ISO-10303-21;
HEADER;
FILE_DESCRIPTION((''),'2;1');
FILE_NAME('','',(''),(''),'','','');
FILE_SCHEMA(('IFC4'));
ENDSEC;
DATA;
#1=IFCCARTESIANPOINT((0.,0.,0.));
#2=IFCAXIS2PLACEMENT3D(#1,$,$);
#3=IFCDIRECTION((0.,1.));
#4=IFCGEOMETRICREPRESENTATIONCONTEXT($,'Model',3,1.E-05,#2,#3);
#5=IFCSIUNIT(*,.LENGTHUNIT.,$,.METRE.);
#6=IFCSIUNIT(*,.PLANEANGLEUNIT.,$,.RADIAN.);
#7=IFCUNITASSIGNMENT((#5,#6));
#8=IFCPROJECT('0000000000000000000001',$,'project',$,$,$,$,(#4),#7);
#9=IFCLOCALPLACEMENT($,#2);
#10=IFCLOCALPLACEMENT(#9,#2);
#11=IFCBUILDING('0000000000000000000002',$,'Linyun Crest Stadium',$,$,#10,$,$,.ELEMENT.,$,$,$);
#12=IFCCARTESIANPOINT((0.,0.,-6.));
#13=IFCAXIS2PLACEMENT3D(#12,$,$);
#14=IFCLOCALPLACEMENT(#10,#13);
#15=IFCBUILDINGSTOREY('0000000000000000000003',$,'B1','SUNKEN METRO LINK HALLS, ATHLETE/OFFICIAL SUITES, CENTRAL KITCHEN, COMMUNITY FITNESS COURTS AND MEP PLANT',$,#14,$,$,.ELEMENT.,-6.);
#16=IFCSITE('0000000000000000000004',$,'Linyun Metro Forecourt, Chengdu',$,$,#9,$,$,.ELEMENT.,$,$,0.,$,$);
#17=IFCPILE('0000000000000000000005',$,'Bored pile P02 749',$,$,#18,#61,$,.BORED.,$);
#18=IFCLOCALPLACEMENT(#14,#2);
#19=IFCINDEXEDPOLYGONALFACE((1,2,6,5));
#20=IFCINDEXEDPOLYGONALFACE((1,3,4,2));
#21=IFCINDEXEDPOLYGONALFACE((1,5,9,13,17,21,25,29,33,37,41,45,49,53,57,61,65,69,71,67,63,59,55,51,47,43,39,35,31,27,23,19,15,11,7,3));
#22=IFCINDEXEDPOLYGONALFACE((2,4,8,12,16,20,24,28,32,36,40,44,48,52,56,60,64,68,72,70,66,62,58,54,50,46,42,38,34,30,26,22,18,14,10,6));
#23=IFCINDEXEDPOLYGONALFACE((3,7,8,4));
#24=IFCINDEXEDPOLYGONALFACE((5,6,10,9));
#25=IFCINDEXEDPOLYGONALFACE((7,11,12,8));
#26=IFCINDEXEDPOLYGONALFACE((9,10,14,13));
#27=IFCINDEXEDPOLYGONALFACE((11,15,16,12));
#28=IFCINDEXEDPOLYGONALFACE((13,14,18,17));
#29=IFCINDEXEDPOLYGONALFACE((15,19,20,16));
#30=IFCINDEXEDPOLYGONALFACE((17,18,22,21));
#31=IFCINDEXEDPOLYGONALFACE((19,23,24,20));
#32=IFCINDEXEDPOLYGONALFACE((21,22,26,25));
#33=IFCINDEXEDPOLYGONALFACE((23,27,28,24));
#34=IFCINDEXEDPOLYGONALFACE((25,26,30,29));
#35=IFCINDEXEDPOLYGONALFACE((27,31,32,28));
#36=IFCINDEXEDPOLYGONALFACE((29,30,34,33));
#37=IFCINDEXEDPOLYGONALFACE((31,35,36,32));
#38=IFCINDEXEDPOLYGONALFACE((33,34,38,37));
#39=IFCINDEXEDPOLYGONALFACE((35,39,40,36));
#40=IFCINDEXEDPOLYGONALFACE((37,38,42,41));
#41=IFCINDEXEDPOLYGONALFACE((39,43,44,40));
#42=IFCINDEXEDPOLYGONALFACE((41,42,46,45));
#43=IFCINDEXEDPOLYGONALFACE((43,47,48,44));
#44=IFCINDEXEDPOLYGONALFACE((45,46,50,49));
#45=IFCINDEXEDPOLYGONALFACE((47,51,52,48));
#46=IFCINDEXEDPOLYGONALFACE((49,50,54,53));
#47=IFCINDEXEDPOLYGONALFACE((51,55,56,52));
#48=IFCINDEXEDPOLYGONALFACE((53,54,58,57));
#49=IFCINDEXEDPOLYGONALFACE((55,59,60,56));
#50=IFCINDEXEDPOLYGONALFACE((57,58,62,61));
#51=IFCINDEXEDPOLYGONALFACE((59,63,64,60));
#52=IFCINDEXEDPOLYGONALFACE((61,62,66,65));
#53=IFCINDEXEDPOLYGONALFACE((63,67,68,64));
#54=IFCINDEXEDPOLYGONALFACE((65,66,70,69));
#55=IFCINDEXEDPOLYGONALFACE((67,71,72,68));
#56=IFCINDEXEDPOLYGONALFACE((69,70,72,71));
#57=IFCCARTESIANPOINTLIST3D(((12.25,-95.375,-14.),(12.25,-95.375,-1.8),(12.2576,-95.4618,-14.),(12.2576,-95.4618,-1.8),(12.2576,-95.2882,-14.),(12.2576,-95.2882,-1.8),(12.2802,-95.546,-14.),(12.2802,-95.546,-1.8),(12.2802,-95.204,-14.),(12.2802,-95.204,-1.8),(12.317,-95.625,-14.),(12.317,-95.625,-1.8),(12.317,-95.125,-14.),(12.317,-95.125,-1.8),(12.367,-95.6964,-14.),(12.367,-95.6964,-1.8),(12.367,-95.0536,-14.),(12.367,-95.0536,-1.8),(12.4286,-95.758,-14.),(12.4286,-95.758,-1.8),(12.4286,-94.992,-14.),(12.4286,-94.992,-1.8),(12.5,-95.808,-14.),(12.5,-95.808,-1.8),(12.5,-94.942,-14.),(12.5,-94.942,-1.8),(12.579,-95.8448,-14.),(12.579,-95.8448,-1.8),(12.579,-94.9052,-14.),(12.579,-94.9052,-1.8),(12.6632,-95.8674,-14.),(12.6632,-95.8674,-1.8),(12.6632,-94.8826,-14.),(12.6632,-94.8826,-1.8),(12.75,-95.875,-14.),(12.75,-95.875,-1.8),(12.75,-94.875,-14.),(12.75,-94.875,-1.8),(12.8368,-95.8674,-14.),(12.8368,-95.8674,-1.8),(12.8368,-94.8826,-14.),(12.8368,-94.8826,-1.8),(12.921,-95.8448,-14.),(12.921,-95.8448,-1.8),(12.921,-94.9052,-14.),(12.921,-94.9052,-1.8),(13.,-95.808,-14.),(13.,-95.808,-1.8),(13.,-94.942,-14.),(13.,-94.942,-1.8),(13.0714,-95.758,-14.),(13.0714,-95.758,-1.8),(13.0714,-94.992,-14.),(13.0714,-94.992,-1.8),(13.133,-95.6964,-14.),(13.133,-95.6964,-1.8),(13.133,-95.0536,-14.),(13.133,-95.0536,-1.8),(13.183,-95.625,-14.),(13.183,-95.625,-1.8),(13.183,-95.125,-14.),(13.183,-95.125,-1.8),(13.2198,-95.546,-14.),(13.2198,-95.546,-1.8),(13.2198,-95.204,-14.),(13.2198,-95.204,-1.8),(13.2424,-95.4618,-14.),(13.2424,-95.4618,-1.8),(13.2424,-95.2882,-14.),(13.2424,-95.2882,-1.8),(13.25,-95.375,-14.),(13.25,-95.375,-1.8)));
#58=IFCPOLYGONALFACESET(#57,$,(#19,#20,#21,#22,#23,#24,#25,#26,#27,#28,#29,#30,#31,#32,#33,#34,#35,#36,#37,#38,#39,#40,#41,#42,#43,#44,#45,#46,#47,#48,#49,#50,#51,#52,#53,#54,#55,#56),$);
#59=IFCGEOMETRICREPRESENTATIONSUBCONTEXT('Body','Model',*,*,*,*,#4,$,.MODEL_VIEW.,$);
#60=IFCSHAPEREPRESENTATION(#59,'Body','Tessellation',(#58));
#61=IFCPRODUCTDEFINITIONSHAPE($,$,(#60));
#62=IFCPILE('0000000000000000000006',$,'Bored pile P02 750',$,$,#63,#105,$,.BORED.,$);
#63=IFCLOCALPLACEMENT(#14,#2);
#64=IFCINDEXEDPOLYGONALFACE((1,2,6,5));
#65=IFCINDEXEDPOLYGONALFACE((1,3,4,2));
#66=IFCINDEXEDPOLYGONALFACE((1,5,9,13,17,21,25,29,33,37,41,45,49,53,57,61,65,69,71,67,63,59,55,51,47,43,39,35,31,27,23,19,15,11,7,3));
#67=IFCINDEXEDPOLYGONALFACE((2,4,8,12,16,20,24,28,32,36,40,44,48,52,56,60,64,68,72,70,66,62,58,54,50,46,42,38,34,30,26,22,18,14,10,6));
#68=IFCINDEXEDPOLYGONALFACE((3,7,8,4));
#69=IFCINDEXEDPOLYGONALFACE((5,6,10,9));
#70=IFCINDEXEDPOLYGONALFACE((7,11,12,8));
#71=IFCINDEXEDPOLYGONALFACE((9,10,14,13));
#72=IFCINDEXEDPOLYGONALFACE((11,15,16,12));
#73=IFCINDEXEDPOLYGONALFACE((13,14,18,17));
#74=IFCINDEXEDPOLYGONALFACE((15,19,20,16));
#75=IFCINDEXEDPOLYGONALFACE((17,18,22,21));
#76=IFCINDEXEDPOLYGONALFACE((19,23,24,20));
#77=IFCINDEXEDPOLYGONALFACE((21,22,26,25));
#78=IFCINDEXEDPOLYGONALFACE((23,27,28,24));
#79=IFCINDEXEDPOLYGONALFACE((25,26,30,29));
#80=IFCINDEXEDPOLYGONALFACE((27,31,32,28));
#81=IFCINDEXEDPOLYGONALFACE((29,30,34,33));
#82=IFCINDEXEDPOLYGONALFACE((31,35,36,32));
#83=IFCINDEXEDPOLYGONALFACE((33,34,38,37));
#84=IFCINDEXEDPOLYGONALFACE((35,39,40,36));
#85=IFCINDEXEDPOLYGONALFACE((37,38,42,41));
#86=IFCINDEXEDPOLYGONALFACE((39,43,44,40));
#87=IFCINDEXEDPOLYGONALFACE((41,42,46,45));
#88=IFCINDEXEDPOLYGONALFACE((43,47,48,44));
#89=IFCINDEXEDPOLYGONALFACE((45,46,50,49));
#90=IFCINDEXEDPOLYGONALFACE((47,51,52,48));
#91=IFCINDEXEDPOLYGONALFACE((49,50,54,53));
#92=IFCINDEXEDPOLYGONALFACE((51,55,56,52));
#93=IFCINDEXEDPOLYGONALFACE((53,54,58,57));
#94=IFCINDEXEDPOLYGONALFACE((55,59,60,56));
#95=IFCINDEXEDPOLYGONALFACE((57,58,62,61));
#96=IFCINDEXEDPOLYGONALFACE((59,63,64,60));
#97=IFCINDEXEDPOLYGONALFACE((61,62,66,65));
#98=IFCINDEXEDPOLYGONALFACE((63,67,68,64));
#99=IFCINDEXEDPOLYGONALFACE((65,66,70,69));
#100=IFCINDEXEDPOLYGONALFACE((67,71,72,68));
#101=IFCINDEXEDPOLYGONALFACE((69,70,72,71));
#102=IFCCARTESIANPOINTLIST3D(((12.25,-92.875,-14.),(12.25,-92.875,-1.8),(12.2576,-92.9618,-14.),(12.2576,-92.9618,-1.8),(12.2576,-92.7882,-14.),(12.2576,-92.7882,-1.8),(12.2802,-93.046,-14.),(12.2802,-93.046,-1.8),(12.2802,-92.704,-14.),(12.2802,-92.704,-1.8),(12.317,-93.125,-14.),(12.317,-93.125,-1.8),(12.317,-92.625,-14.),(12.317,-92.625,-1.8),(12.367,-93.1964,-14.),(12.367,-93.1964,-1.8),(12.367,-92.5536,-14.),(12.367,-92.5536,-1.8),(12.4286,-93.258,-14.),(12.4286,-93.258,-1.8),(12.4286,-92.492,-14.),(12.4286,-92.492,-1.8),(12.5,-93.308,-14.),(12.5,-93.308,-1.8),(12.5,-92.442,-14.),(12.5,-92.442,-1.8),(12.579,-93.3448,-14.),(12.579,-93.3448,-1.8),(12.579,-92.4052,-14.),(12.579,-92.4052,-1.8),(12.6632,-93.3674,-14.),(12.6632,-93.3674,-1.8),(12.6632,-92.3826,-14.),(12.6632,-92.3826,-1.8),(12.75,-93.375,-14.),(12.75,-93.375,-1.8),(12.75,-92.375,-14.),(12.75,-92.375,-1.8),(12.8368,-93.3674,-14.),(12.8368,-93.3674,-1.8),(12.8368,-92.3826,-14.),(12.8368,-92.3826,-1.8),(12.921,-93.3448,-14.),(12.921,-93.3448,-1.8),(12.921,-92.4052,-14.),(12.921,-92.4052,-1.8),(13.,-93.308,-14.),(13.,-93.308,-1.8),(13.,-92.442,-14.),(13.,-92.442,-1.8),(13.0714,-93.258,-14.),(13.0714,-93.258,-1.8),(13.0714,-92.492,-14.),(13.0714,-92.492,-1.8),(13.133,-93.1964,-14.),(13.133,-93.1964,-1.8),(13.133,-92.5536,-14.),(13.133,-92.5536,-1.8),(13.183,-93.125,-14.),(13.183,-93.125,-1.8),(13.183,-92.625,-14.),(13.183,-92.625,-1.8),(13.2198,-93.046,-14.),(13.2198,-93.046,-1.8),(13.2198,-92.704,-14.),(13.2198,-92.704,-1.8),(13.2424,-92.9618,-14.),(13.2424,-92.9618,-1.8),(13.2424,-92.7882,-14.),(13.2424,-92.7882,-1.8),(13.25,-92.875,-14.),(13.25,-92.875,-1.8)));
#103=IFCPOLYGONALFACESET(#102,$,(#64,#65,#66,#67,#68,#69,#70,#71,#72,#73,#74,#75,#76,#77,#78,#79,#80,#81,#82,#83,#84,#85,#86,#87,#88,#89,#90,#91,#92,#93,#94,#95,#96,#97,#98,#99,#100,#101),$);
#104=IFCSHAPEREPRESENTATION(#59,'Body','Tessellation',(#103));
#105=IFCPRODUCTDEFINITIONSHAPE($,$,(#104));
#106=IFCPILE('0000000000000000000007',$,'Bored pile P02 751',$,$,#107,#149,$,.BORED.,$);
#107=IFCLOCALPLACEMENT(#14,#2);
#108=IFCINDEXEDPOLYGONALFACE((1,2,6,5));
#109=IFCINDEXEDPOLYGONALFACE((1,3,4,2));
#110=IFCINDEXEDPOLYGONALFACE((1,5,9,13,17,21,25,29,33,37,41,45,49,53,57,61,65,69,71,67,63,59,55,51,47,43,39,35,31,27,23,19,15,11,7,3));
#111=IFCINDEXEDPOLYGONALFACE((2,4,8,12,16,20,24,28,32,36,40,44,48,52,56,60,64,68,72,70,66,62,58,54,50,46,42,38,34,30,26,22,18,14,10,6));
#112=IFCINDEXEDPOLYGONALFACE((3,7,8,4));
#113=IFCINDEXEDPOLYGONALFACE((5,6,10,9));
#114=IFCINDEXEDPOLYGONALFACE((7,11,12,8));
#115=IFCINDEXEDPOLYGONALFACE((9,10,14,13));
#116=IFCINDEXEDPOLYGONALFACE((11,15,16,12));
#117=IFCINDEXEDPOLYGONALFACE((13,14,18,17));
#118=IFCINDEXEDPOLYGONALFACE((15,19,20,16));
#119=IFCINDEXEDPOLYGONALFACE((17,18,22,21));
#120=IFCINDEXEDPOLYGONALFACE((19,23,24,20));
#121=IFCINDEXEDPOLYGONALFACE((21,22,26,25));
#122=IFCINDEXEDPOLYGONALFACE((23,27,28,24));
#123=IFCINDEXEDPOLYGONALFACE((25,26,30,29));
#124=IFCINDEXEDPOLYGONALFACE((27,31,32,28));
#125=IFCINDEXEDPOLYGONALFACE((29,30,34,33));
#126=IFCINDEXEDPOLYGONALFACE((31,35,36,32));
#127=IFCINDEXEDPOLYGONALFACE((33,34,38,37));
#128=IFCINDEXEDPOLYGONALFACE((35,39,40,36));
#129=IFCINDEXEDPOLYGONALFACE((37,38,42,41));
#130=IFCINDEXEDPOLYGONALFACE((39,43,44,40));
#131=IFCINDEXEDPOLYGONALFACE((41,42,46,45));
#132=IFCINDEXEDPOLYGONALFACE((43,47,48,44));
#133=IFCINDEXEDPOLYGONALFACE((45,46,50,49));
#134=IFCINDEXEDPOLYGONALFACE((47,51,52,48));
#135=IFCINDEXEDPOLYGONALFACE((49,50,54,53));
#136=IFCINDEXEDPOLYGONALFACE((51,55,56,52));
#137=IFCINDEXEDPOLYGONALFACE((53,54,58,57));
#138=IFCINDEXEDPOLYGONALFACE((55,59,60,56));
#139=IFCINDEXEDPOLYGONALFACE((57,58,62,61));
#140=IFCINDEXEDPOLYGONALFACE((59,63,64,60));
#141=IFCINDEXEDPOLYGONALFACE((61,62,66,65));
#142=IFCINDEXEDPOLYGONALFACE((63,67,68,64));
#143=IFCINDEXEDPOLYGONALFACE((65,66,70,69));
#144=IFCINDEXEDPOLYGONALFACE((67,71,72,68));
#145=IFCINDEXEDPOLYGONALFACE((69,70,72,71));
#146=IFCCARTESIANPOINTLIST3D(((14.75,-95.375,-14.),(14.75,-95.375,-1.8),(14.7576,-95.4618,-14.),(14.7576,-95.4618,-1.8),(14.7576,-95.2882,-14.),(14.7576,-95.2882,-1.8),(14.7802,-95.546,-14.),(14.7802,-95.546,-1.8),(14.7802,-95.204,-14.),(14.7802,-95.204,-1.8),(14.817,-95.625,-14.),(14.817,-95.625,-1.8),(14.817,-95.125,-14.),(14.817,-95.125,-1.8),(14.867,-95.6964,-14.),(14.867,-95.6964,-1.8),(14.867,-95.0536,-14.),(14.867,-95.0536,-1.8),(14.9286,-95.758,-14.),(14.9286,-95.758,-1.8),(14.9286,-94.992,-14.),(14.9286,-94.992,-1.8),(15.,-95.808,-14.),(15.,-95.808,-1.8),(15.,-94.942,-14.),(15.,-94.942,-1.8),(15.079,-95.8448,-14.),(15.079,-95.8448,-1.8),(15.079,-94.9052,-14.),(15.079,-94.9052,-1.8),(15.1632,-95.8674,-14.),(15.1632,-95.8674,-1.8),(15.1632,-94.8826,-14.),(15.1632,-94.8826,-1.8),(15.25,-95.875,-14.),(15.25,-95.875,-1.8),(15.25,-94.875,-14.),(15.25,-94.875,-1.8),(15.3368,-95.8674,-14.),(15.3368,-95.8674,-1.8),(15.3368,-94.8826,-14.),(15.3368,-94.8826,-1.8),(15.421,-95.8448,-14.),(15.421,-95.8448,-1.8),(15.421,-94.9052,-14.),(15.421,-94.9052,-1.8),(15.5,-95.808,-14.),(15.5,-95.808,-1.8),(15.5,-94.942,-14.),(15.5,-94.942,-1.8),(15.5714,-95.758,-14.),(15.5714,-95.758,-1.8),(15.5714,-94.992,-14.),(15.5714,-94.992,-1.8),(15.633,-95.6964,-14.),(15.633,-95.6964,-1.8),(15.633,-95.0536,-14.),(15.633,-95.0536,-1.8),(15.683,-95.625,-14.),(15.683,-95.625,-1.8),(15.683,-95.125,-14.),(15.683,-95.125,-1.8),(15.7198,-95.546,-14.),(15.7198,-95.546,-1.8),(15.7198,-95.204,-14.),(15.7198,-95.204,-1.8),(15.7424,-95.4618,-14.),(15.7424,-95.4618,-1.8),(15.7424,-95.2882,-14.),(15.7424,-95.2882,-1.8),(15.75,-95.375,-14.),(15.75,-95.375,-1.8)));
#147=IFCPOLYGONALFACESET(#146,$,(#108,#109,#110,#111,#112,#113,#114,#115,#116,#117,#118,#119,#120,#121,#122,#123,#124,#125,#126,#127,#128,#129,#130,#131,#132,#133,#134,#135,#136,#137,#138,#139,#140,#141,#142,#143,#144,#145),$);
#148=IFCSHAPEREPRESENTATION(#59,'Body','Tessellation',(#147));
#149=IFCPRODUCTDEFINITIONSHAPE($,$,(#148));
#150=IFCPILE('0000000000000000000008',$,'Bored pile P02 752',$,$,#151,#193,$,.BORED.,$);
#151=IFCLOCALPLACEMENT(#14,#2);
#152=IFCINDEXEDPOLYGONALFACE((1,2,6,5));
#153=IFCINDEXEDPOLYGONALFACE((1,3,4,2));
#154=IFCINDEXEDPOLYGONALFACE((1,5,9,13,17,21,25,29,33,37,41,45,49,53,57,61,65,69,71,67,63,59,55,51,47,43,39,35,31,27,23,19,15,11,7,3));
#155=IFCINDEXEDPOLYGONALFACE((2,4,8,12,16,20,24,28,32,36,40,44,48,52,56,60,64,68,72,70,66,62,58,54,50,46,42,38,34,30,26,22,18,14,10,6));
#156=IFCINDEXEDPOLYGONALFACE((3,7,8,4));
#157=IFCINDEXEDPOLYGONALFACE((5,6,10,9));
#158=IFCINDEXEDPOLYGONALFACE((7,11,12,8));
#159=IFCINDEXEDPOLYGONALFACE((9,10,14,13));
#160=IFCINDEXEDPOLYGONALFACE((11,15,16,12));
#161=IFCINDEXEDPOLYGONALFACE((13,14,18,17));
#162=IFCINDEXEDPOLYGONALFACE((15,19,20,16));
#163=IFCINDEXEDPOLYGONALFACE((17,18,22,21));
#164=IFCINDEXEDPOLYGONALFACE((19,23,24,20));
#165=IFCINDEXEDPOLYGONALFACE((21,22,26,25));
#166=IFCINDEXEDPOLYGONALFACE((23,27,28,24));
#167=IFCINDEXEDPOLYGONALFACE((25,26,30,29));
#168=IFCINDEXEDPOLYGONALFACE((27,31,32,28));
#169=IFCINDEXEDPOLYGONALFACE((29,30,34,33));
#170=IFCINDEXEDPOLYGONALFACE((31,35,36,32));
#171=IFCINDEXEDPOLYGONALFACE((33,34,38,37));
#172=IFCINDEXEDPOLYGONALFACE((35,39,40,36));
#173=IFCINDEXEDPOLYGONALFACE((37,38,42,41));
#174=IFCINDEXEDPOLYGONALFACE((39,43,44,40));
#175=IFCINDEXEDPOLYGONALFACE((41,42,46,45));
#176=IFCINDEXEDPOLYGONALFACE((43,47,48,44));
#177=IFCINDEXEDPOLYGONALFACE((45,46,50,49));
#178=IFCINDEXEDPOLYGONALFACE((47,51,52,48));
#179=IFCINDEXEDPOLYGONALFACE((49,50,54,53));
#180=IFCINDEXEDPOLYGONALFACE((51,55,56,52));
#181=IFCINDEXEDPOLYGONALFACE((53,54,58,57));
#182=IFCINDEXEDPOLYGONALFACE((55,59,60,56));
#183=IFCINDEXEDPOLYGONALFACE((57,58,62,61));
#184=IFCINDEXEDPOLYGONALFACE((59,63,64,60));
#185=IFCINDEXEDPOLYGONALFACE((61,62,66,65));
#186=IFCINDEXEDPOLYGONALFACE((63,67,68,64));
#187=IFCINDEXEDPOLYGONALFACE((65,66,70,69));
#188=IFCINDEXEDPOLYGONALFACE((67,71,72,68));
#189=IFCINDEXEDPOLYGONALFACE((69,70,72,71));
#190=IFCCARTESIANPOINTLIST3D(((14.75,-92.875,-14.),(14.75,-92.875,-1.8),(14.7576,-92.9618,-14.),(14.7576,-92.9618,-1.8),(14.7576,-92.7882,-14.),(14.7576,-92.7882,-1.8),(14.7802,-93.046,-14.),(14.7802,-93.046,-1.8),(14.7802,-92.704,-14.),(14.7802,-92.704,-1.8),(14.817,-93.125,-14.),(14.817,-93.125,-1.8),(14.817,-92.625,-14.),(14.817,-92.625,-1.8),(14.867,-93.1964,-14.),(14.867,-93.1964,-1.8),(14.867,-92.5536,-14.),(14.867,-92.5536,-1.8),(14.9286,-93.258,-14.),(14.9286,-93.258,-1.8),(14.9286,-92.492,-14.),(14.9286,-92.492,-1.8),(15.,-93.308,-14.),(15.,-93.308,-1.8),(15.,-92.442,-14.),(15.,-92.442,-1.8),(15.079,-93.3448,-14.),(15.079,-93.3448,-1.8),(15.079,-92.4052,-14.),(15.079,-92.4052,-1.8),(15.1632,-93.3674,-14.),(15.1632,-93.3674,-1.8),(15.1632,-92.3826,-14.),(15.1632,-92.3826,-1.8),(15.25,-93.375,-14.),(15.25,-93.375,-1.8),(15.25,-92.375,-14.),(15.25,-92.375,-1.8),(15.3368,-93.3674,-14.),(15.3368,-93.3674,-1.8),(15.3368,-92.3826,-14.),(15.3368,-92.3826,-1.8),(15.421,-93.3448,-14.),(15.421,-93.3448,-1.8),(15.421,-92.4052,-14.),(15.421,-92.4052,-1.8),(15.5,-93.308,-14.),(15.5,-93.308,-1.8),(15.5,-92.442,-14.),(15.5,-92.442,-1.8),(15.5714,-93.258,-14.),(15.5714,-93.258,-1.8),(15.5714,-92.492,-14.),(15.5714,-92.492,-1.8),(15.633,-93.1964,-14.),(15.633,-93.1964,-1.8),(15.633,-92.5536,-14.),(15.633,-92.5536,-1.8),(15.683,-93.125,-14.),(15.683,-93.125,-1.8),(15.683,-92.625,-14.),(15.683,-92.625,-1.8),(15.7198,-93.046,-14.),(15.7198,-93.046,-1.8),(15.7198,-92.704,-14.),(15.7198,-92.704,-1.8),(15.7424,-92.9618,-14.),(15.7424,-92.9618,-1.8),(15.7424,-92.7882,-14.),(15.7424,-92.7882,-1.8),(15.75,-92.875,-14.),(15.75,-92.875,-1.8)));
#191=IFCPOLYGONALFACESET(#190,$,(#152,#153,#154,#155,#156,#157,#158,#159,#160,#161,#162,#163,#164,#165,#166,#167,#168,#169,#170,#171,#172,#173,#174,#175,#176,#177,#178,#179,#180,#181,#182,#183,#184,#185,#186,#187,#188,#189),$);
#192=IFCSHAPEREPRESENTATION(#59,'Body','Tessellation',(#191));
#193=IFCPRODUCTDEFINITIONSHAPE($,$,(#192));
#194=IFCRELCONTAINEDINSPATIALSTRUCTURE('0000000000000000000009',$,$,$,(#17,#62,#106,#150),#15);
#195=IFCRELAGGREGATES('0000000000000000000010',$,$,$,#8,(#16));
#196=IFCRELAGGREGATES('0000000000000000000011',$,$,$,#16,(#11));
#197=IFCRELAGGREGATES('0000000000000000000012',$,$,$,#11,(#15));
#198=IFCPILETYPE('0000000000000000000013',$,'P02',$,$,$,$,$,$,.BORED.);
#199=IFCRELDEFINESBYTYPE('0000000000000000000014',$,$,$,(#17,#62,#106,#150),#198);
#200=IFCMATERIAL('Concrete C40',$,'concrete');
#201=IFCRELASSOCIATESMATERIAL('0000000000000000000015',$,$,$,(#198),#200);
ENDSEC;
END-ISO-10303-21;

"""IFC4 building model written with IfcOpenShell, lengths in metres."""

from ifc_helpers import new_model, si_unit, direction, frame, origin, origin_2d, place, context, subcontext, project, spatial, circle, extrude, material, material_profile, profile_set, type_object, element, save


model = new_model("IFC4")

# Units and contexts
model_context = context("Model", 3, precision=1e-05, world=origin(), true_north=direction((0.0, 1.0)))
body_context = subcontext(model_context, "Body", "Model", "MODEL_VIEW")
ifc_project = project(units=[si_unit("LENGTHUNIT", "METRE"), si_unit("PLANEANGLEUNIT", "RADIAN")], contexts=[model_context])

# Site, building, storey
site_placement = place(None, origin())
site = spatial("IfcSite", under=ifc_project, at=site_placement, Name="Linyun Metro Forecourt, Chengdu", CompositionType="ELEMENT", RefElevation=0.0)
building_placement = place(site_placement, origin())
building = spatial("IfcBuilding", under=site, at=building_placement, Name="Linyun Crest Stadium", CompositionType="ELEMENT")
storey_placement = place(building_placement, frame((0.0, 0.0, -6.0)))
storey = spatial("IfcBuildingStorey", under=building, at=storey_placement, Name="B1", Description="SUNKEN METRO LINK HALLS, ATHLETE/OFFICIAL SUITES, CENTRAL KITCHEN, COMMUNITY FITNESS COURTS AND MEP PLANT", CompositionType="ELEMENT", Elevation=-6.0)

# Piles
ifc_material_1 = material(Name="Concrete C40", Category="concrete")
ifc_material_profile_1 = material_profile(ifc_material_1, circle(Radius=0.5, at=origin_2d()), Name="BORED PILE 1000")
ifc_profile_set_1 = profile_set([ifc_material_profile_1], Name="Concrete C40")
pile_type = type_object("IfcPileType", Name="P02", PredefinedType="BORED", material=ifc_profile_set_1)
for number, where, z_axis, x_axis, name in (
    (1, (12.75, -95.375, -1.8), (0.0, 0.0, -1.0), (1.0, 0.0, 0.0), "Bored pile P02 749"),
    (2, (12.75, -92.875, -1.8), (0.0, 0.0, -1.0), (1.0, 0.0, 0.0), "Bored pile P02 750"),
    (3, (15.25, -95.375, -1.8), (0.0, 0.0, -1.0), (1.0, 0.0, 0.0), "Bored pile P02 751"),
    (4, (15.25, -92.875, -1.8), (0.0, 0.0, -1.0), (1.0, 0.0, 0.0), "Bored pile P02 752"),
):
    element("IfcPile", number, at=place(storey_placement, frame(where, z_axis=z_axis, x_axis=x_axis)), inside=storey, type_object=pile_type, Name=name, PredefinedType="BORED", context=body_context, shape_type="SweptSolid", body=[
        extrude(circle(Radius=0.5, at=origin_2d()), origin(), (0.0, 0.0, 1.0), 12.2),
    ])

save(model, "model.ifc")
